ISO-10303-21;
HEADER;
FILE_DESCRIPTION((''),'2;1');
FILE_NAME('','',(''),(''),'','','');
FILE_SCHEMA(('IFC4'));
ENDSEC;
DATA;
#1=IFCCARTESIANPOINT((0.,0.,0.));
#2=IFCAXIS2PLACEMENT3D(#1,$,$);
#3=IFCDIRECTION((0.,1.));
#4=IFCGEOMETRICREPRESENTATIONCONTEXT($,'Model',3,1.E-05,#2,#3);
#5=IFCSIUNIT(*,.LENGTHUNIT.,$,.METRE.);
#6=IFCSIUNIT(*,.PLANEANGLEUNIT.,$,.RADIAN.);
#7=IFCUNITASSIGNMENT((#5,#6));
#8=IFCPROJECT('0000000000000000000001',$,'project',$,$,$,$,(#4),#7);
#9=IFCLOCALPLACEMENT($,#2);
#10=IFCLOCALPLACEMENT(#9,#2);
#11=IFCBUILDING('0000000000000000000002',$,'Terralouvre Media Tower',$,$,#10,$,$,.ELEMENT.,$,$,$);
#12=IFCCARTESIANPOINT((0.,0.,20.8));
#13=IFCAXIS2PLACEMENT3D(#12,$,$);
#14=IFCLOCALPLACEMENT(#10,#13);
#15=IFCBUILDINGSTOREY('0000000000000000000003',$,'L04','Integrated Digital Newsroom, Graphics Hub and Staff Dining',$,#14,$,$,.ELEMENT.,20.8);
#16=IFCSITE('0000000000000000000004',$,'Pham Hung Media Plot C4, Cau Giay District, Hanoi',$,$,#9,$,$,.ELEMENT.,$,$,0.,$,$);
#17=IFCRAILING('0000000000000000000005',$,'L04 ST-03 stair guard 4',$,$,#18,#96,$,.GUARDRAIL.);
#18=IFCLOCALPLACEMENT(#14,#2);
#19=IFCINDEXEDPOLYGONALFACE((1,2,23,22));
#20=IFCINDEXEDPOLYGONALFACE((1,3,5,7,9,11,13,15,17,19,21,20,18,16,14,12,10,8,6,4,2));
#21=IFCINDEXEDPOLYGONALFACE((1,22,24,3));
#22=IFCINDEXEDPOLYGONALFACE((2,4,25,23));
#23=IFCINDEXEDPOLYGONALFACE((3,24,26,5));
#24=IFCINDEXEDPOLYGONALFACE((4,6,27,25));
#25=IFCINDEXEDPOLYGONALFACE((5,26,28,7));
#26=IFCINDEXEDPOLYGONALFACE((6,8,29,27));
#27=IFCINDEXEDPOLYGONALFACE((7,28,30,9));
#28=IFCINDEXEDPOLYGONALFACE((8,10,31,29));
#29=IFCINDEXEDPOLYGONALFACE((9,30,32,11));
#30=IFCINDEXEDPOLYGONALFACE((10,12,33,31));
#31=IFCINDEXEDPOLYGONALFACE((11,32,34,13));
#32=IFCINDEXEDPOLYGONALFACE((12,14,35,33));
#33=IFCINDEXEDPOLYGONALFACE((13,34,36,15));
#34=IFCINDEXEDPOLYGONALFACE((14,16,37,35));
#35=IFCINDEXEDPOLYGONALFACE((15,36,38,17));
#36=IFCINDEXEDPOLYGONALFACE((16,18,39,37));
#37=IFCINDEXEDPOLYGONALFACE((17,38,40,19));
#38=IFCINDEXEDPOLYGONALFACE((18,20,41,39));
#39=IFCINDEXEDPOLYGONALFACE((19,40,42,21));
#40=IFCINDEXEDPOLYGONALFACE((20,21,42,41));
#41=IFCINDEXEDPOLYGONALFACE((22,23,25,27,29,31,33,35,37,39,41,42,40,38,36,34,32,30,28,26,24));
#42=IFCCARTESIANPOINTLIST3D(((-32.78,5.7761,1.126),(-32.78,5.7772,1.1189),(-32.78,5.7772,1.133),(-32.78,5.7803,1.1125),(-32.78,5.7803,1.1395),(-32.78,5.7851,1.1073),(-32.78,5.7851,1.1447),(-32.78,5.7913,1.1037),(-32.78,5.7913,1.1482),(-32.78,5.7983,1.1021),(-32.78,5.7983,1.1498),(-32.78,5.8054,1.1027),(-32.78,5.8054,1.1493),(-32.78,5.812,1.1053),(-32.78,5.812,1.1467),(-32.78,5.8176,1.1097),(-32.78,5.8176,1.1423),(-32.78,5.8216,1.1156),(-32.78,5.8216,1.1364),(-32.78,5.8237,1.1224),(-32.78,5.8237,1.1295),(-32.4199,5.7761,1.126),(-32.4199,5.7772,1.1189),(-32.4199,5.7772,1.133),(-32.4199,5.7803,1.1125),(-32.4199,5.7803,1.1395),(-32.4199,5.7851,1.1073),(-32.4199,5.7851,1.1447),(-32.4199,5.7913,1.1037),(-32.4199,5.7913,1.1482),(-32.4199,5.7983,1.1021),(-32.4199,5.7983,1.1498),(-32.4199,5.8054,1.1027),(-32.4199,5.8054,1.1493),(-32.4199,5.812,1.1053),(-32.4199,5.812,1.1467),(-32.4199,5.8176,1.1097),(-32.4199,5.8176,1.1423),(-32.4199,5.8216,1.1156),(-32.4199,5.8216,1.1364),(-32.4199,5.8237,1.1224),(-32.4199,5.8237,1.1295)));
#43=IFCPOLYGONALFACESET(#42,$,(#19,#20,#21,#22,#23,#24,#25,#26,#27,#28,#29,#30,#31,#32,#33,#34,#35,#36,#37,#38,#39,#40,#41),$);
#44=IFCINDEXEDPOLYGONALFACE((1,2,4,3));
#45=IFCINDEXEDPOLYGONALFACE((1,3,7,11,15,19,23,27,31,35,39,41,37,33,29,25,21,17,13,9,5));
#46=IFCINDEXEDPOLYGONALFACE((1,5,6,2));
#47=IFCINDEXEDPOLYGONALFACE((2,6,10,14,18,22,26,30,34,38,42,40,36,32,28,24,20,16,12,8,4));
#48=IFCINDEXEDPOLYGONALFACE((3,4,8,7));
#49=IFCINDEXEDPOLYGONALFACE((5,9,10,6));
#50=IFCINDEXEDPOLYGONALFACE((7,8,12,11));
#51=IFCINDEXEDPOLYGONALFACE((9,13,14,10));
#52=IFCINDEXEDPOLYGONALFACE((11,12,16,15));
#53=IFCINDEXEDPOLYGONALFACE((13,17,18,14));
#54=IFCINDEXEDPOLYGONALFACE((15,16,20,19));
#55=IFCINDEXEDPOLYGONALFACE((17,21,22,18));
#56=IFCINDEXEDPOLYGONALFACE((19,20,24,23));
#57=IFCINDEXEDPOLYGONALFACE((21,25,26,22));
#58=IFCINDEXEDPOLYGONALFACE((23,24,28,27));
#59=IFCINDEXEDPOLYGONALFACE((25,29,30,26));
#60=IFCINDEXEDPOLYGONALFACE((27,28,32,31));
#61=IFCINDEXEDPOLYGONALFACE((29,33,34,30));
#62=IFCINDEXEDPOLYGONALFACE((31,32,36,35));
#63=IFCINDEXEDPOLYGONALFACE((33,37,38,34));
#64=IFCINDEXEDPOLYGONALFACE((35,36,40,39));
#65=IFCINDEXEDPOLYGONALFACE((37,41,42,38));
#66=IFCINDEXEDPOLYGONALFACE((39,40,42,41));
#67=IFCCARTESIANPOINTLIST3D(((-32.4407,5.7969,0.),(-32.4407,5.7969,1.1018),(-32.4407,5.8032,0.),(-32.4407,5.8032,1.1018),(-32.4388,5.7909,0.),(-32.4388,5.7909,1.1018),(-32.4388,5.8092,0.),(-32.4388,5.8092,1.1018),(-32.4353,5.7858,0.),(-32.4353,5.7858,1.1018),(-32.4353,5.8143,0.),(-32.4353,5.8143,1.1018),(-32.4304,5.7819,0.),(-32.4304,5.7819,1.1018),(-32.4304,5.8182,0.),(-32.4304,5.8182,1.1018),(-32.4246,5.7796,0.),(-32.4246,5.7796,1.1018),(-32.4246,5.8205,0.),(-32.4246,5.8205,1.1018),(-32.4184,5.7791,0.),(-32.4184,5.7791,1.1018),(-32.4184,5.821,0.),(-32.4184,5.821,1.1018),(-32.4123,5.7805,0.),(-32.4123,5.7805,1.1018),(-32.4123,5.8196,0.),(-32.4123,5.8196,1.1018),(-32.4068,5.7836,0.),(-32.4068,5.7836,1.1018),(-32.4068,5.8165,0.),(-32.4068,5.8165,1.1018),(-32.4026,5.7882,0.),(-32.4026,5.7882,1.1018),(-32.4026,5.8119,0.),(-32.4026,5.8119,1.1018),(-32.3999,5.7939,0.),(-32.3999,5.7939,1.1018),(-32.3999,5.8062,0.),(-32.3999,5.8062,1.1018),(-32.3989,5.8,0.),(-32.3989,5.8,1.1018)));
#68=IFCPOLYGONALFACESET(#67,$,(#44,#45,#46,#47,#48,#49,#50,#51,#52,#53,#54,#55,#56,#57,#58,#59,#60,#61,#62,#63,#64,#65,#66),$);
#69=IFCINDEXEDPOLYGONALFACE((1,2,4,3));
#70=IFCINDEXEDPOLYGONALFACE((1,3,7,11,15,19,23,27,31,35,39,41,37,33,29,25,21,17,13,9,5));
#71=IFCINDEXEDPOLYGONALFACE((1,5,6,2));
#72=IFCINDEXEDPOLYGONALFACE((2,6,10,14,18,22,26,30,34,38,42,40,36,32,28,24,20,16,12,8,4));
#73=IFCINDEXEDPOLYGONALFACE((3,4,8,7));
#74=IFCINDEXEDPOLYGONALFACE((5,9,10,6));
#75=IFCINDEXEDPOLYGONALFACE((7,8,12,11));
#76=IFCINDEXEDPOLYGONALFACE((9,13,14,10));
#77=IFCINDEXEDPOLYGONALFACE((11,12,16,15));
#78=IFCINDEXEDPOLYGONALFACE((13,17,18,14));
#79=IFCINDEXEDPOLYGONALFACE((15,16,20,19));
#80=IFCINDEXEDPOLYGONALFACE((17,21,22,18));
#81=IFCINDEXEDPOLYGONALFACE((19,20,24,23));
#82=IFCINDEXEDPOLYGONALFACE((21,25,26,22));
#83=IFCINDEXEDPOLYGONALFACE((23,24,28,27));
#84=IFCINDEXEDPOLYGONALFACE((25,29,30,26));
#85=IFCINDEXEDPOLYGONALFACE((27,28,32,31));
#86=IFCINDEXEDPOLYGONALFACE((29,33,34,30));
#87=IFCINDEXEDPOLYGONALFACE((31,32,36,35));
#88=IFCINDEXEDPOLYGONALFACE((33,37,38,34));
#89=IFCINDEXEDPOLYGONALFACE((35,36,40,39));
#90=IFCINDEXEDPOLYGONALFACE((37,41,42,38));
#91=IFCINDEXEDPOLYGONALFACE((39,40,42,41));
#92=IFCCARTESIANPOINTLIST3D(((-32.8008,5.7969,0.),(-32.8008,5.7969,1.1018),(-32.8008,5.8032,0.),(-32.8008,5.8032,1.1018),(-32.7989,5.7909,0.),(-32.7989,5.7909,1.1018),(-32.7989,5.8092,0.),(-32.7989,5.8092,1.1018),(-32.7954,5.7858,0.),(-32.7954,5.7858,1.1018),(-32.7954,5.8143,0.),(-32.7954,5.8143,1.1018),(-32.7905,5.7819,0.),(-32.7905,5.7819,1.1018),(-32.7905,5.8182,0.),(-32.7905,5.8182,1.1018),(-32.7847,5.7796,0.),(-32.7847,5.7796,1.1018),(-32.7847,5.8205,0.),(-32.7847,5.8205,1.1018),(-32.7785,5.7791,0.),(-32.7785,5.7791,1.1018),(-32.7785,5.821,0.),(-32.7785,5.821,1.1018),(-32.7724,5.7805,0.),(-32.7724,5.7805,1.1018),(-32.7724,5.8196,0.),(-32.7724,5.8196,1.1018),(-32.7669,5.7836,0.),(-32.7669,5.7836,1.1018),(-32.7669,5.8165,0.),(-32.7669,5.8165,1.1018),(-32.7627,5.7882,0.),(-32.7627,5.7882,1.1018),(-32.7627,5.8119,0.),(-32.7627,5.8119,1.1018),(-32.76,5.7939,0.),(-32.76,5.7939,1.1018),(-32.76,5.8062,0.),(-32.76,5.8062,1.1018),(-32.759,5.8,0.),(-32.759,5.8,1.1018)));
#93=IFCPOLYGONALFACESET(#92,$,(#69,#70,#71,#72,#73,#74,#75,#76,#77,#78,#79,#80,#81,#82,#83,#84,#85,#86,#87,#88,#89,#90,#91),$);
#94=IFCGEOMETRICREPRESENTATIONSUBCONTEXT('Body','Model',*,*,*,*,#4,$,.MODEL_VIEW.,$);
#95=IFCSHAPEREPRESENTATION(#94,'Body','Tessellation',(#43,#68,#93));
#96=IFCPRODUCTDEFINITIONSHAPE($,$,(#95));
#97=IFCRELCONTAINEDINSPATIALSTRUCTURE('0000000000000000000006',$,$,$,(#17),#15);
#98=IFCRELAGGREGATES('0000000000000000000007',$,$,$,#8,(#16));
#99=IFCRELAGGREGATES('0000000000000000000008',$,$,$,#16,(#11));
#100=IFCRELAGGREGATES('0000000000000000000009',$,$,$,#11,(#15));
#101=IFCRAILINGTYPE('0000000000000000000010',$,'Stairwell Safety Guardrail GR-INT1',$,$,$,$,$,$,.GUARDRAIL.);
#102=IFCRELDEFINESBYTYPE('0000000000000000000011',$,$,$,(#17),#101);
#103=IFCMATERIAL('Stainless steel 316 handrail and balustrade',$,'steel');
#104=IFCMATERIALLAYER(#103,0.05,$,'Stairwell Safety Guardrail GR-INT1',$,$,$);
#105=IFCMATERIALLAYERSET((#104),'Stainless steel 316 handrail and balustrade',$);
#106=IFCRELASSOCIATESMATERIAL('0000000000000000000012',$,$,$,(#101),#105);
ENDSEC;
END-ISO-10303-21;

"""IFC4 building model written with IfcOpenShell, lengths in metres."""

from ifc_helpers import new_model, si_unit, direction, frame, origin, origin_2d, place, context, subcontext, project, spatial, circle, extrude, material, layer, layer_set, type_object, element, save


model = new_model("IFC4")

# Units and contexts
model_context = context("Model", 3, precision=1e-05, world=origin(), true_north=direction((0.0, 1.0)))
body_context = subcontext(model_context, "Body", "Model", "MODEL_VIEW")
ifc_project = project(units=[si_unit("LENGTHUNIT", "METRE"), si_unit("PLANEANGLEUNIT", "RADIAN")], contexts=[model_context])

# Site, building, storey
site_placement = place(None, origin())
site = spatial("IfcSite", under=ifc_project, at=site_placement, Name="Pham Hung Media Plot C4, Cau Giay District, Hanoi", CompositionType="ELEMENT", RefElevation=0.0)
building_placement = place(site_placement, origin())
building = spatial("IfcBuilding", under=site, at=building_placement, Name="Terralouvre Media Tower", CompositionType="ELEMENT")
storey_placement = place(building_placement, frame((0.0, 0.0, 20.8)))
storey = spatial("IfcBuildingStorey", under=building, at=storey_placement, Name="L04", Description="Integrated Digital Newsroom, Graphics Hub and Staff Dining", CompositionType="ELEMENT", Elevation=20.8)

# Railing
ifc_material_1 = material(Name="Stainless steel 316 handrail and balustrade", Category="steel")
ifc_layer_1 = layer(ifc_material_1, 0.05, Name="Stairwell Safety Guardrail GR-INT1")
ifc_layer_set_1 = layer_set([ifc_layer_1], Name="Stainless steel 316 handrail and balustrade")
railing_type_1 = type_object("IfcRailingType", Name="Stairwell Safety Guardrail GR-INT1", PredefinedType="GUARDRAIL", material=ifc_layer_set_1)
railing_1_placement = place(storey_placement, frame((-32.4199, 5.8, 0.0)))
element("IfcRailing", 1, at=railing_1_placement, inside=storey, type_object=railing_type_1, Name="L04 ST-03 stair guard 4", PredefinedType="GUARDRAIL", context=body_context, shape_type="SweptSolid", body=[
    extrude(circle(Radius=0.0239, at=origin_2d()), frame((0.0, 0.0, 1.126), z_axis=(-1.0, 0.0, 0.0), x_axis=(0.0, -1.0, 0.0)), (0.0, 0.0, 1.0), 0.3601),
    extrude(circle(Radius=0.021, at=origin_2d()), origin(), (0.0, 0.0, 1.0), 1.1018),
    extrude(circle(Radius=0.021, at=origin_2d()), frame((-0.3601, 0.0, 0.0)), (0.0, 0.0, 1.0), 1.1018),
])

save(model, "model.ifc")
